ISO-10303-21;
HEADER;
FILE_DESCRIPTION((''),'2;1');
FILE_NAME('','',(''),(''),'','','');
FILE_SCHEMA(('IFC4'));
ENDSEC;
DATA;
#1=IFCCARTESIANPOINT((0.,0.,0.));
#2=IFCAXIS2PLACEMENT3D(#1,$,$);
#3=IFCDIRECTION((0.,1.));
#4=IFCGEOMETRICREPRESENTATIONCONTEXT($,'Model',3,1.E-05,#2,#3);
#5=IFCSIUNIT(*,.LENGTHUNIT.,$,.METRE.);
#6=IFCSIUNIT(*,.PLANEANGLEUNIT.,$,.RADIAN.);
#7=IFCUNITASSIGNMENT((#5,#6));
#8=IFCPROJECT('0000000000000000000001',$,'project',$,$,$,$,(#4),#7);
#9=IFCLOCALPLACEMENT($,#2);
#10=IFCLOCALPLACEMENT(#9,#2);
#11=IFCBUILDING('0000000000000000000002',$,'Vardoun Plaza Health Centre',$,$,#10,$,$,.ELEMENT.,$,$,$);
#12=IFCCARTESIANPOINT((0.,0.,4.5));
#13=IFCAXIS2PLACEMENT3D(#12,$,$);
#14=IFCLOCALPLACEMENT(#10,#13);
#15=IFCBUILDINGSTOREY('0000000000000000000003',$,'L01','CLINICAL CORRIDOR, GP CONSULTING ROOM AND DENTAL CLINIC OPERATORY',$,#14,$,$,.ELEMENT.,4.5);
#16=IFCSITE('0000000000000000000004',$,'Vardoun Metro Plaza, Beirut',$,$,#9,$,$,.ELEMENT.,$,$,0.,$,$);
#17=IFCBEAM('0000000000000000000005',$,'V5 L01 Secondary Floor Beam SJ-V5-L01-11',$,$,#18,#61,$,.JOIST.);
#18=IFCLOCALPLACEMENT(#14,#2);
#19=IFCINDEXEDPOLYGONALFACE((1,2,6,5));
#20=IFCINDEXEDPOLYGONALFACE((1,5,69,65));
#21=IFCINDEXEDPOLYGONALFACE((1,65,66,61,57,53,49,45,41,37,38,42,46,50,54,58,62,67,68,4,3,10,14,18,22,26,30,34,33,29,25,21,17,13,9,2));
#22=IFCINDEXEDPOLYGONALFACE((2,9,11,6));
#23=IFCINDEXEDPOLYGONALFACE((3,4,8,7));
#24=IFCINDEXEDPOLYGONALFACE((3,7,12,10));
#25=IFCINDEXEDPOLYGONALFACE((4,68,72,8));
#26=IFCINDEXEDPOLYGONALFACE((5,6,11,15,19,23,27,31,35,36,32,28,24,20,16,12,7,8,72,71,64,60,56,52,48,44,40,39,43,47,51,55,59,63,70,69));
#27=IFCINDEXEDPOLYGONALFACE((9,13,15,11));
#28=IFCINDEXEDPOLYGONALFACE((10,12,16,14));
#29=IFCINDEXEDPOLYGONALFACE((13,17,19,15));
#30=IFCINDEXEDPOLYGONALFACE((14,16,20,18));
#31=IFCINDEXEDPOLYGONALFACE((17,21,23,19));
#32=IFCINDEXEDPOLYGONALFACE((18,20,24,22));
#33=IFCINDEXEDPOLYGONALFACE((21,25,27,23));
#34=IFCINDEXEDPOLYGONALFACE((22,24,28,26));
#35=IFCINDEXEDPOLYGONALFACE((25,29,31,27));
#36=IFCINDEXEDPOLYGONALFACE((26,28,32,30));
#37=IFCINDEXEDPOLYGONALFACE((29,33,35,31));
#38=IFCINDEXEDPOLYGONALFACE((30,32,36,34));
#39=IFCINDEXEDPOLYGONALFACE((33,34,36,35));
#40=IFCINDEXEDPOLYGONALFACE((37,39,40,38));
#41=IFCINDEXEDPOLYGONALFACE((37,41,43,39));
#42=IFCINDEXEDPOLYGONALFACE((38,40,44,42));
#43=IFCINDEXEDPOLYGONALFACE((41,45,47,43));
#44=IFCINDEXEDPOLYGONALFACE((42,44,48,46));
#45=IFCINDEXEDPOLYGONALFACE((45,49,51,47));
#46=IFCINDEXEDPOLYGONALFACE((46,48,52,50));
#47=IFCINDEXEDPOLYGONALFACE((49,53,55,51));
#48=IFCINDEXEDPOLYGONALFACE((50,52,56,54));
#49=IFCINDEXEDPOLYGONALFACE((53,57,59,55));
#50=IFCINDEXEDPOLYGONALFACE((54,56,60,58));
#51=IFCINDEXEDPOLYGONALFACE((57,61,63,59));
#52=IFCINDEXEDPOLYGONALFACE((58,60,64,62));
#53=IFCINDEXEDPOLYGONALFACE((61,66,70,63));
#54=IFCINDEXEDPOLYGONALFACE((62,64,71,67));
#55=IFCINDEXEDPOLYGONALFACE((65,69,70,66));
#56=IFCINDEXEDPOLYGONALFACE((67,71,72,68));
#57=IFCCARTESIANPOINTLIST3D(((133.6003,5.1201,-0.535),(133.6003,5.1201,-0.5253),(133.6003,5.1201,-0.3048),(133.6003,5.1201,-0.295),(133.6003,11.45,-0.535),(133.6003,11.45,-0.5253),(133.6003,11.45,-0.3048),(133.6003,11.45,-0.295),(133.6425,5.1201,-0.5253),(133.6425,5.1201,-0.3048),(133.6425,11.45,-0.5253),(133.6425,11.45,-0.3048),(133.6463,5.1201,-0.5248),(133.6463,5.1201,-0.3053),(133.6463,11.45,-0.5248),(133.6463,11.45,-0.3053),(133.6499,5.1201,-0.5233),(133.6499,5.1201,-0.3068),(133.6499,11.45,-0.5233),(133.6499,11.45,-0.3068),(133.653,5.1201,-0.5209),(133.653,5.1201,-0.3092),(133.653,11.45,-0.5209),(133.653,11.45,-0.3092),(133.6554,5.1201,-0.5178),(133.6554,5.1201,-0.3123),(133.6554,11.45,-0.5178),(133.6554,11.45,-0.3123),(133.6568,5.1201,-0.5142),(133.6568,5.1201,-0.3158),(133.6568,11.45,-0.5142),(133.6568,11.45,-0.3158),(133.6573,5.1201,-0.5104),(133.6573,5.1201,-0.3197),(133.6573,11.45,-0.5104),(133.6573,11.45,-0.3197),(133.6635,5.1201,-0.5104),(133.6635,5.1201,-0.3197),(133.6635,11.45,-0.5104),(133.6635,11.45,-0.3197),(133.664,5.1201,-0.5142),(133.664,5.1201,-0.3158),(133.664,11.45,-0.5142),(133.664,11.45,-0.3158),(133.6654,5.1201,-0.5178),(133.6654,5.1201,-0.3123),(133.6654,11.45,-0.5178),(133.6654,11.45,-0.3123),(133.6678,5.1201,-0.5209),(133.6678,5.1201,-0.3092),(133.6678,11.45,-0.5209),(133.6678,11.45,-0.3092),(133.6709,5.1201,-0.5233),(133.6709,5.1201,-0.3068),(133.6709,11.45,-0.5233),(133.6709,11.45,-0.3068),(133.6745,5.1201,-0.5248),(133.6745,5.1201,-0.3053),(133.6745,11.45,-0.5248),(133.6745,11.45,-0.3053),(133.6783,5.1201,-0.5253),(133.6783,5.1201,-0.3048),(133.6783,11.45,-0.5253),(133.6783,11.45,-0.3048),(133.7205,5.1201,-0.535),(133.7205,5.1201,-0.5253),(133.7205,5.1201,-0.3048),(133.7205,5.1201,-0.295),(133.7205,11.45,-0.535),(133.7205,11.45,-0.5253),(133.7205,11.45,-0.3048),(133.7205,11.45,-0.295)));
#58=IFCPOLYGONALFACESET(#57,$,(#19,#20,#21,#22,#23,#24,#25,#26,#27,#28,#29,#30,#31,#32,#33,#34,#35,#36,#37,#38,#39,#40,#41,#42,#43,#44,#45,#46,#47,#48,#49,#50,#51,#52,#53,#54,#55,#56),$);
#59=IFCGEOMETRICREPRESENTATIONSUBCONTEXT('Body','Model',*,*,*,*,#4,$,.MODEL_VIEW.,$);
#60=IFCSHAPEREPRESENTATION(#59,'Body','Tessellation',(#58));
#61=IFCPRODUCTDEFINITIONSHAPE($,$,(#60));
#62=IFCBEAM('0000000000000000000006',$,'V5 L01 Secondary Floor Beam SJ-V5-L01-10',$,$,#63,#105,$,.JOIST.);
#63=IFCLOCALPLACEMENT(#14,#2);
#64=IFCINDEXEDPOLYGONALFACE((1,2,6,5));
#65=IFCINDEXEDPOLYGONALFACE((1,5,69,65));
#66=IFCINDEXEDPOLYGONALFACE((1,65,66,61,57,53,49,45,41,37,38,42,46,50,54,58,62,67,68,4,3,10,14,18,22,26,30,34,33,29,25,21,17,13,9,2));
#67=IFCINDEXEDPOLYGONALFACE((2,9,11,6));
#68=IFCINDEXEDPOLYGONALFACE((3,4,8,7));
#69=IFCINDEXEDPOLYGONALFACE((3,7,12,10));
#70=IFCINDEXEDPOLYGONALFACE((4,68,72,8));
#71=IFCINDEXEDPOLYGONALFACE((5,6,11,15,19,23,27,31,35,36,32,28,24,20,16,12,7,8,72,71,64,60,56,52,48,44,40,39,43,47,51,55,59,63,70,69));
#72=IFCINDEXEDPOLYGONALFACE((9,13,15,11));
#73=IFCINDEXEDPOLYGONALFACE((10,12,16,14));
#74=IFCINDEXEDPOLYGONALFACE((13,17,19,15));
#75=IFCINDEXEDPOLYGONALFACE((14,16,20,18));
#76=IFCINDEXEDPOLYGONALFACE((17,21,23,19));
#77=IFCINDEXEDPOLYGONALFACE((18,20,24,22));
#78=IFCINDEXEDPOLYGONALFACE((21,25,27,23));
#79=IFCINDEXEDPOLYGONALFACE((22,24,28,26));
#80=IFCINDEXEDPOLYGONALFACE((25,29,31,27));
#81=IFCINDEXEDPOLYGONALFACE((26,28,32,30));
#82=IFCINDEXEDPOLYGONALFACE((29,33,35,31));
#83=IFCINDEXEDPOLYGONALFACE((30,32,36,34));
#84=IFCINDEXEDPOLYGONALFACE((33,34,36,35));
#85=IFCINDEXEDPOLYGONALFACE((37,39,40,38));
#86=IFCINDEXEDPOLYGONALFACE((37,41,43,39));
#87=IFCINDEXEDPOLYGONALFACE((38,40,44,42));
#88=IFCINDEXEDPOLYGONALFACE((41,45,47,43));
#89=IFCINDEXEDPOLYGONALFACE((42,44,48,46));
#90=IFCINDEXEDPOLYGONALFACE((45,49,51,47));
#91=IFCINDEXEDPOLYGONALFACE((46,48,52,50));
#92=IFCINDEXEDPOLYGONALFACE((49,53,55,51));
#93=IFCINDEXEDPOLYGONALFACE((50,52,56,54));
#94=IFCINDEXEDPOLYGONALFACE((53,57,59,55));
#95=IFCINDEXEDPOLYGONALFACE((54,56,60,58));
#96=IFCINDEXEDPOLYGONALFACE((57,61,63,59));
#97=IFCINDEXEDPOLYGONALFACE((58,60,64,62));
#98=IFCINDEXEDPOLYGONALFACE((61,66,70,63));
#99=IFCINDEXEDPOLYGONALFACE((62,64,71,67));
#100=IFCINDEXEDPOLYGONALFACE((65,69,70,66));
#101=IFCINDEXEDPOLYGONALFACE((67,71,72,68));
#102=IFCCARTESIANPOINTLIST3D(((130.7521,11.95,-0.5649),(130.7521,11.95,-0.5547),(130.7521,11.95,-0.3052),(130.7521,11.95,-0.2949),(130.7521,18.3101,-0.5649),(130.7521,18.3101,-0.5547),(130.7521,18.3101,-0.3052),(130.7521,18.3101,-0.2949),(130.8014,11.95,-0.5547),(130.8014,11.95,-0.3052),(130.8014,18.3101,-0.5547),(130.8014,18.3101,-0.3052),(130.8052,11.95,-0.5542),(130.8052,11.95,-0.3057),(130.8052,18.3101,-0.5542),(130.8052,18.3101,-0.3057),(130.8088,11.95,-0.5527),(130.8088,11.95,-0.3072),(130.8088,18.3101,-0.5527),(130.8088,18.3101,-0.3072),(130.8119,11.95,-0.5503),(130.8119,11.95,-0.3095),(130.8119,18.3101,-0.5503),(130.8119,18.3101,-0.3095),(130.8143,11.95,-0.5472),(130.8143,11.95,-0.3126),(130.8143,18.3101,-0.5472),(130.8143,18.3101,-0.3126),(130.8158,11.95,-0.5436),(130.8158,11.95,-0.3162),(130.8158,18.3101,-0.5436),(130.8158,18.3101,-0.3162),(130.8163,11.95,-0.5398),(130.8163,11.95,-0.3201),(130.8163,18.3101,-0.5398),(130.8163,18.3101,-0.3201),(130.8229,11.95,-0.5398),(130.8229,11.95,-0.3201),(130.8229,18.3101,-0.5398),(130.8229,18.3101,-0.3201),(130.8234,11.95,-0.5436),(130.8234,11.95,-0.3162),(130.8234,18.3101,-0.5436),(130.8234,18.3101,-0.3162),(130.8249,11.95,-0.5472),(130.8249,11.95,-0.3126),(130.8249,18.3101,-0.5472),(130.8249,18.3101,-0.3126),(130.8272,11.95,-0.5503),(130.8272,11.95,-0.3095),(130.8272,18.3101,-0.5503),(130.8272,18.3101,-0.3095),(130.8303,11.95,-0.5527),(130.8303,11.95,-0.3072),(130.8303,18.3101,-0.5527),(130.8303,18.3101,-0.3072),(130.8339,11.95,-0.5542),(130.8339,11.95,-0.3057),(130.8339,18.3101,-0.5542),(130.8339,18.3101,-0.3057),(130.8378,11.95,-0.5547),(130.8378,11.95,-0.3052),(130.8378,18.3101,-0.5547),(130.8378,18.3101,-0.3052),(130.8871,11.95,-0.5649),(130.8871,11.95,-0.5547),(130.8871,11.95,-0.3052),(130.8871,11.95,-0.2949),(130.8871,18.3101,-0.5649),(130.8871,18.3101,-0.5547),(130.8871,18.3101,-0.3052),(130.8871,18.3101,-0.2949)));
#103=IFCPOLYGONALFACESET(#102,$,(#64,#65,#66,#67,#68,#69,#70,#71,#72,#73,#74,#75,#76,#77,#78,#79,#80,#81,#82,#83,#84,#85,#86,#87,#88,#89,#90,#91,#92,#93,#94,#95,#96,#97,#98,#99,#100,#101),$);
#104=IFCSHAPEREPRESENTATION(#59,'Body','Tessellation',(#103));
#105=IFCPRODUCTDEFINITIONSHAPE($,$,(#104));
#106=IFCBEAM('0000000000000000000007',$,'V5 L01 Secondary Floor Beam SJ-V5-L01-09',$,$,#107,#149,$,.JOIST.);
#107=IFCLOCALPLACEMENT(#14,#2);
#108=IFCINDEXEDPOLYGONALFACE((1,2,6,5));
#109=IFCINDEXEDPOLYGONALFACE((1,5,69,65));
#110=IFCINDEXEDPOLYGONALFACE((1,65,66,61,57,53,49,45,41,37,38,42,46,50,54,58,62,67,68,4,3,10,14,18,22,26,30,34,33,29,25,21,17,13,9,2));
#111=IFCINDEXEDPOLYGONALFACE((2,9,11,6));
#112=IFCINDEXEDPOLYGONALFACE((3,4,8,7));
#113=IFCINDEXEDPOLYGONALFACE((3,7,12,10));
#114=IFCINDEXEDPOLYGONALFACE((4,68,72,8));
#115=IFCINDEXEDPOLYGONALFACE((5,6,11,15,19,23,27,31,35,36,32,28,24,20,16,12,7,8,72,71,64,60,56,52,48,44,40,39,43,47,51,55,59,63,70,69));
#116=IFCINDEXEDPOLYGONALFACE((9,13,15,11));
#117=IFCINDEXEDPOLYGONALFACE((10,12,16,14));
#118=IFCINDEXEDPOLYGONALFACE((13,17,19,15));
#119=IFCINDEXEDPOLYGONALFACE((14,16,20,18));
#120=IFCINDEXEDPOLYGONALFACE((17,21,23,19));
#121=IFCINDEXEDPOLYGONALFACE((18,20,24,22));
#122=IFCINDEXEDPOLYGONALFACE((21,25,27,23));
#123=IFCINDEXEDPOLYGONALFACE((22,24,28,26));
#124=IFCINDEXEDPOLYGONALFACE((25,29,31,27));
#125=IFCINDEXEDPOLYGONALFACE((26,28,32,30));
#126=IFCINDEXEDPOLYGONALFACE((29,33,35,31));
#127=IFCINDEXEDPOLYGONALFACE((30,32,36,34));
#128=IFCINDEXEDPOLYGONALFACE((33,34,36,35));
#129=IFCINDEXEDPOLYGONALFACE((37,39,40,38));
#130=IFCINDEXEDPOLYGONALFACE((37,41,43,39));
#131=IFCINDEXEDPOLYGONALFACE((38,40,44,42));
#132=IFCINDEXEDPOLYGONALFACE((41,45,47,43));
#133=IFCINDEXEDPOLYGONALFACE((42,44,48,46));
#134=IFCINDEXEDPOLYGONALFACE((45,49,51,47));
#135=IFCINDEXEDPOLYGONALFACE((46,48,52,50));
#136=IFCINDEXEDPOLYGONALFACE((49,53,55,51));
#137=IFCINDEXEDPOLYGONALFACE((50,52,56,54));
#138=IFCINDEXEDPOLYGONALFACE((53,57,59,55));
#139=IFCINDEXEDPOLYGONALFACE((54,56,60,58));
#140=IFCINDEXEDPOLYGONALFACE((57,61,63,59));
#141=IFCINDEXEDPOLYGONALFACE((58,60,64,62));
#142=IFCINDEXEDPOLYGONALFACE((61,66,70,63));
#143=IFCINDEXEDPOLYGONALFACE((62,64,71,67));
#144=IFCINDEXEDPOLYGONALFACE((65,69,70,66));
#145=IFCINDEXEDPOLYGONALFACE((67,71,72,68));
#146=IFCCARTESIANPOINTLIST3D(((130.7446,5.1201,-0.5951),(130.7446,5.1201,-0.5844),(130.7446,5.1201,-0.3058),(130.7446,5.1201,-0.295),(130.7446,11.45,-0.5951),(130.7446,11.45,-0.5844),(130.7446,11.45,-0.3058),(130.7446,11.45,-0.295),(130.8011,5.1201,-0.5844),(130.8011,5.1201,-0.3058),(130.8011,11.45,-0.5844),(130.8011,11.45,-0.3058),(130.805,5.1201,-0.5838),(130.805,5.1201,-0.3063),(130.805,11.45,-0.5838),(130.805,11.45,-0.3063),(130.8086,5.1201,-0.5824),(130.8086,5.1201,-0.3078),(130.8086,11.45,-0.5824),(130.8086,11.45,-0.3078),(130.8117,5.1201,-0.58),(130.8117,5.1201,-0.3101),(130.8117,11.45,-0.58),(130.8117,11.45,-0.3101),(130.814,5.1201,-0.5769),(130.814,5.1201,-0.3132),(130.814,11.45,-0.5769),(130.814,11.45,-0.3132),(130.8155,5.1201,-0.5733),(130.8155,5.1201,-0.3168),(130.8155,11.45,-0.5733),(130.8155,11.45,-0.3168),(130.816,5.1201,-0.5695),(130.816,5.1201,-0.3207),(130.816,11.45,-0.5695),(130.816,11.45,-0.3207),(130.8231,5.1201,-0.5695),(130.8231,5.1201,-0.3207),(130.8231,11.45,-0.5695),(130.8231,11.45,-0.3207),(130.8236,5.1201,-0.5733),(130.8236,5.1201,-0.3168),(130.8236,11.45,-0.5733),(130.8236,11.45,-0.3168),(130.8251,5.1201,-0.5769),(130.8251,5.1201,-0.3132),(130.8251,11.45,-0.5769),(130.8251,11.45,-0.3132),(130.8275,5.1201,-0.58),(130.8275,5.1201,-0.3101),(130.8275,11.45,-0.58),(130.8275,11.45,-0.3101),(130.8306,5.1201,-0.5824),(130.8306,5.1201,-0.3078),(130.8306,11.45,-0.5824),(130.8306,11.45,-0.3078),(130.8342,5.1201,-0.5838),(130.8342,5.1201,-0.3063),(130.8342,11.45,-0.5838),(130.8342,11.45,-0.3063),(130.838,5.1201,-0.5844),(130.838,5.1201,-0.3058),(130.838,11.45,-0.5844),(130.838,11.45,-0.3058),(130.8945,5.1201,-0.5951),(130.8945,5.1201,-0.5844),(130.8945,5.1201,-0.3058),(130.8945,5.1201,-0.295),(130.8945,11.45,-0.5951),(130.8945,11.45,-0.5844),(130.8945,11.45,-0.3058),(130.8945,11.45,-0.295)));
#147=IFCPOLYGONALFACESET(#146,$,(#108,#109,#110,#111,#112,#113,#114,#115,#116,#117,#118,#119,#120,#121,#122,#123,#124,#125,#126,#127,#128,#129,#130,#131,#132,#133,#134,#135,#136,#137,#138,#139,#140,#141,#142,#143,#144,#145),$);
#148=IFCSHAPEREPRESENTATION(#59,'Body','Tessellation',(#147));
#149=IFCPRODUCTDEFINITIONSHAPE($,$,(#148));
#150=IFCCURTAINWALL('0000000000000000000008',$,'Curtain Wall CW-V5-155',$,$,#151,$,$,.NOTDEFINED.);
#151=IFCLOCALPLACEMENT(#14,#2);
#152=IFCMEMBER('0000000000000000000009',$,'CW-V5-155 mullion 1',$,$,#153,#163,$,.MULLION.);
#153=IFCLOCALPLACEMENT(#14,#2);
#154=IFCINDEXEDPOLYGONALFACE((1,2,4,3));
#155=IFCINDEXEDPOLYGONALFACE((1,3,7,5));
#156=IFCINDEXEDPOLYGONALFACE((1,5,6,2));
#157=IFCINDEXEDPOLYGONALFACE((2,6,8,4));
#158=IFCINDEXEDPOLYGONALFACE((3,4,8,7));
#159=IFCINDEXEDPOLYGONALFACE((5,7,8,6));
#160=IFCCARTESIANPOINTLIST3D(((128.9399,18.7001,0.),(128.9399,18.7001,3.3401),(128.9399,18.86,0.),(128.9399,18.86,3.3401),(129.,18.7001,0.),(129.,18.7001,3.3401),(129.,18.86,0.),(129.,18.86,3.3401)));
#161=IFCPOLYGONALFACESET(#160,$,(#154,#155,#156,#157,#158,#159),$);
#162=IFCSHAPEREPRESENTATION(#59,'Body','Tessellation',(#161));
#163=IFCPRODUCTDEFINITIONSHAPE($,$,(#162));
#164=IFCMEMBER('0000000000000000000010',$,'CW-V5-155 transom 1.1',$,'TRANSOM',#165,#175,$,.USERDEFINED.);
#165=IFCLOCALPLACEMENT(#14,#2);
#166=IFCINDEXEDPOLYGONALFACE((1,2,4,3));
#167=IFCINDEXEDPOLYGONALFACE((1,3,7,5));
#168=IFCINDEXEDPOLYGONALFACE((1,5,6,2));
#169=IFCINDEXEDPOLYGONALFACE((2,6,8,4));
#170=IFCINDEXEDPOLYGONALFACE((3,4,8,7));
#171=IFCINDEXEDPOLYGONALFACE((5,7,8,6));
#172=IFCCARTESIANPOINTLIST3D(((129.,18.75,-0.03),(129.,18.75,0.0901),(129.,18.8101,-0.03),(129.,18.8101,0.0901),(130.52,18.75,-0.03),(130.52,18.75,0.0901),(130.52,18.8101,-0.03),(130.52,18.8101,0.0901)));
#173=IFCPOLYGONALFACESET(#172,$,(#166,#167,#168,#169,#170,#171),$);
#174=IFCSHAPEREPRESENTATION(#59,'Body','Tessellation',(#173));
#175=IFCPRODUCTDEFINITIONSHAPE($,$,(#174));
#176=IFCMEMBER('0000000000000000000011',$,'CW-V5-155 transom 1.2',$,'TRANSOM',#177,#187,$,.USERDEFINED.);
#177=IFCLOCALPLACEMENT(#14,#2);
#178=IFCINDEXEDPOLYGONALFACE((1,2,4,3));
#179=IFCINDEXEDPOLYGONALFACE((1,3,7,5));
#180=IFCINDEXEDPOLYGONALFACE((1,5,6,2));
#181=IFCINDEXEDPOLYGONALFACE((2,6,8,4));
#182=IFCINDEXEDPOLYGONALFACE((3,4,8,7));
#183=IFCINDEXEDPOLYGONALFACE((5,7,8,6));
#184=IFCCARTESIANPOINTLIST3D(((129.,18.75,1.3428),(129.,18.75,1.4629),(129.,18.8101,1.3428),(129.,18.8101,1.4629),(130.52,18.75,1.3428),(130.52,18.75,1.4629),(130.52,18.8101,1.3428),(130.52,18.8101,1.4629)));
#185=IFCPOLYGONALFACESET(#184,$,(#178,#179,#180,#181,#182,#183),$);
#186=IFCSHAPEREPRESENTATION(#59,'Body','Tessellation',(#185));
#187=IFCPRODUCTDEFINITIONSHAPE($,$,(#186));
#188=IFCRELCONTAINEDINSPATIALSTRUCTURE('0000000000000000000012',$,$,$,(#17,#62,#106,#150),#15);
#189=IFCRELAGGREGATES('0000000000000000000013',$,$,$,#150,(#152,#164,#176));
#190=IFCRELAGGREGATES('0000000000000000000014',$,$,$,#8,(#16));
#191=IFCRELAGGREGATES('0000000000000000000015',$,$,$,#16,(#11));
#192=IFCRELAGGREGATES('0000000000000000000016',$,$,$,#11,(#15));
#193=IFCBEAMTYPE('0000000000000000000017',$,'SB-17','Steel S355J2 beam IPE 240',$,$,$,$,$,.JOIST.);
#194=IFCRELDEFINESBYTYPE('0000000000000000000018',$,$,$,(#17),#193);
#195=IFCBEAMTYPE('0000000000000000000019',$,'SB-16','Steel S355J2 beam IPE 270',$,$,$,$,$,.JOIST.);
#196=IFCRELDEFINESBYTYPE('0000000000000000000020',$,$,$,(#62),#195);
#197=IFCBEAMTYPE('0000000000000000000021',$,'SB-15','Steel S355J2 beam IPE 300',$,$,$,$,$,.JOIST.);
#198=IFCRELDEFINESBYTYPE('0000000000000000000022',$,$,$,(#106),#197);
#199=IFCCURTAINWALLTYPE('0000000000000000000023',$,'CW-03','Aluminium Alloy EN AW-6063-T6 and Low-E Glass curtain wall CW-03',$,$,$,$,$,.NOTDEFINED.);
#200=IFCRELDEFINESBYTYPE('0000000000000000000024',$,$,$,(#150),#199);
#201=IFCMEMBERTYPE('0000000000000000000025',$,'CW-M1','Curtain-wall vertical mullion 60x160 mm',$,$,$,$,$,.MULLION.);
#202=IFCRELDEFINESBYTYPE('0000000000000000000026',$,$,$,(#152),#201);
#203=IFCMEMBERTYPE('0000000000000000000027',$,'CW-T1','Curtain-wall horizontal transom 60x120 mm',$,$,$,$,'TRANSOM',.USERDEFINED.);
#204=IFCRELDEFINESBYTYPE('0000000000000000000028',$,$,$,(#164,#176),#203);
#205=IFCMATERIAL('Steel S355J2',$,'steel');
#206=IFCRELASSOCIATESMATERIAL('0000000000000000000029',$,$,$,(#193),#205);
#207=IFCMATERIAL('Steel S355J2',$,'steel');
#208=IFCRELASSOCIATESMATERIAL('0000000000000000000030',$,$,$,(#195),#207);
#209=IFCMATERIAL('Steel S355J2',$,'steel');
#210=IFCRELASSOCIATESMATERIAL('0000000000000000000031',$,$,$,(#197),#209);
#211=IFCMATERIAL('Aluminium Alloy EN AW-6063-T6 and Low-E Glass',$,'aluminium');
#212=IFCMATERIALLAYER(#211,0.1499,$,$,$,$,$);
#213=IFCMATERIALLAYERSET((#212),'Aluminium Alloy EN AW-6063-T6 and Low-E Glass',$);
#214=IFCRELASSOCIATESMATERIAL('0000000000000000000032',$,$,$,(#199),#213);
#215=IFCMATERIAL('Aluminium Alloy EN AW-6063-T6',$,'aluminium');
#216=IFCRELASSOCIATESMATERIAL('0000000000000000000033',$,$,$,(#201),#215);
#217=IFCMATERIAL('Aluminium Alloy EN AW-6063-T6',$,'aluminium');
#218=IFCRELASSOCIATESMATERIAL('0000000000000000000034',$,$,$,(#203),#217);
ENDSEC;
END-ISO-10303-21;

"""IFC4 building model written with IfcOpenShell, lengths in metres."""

from ifc_helpers import new_model, si_unit, direction, frame, origin, origin_2d, place, context, subcontext, project, spatial, rectangle, i_section, extrude, material, layer, layer_set, material_profile, profile_set, type_object, element, aggregate, save


model = new_model("IFC4")

# Units and contexts
model_context = context("Model", 3, precision=1e-05, world=origin(), true_north=direction((0.0, 1.0)))
body_context = subcontext(model_context, "Body", "Model", "MODEL_VIEW")
ifc_project = project(units=[si_unit("LENGTHUNIT", "METRE"), si_unit("PLANEANGLEUNIT", "RADIAN")], contexts=[model_context])

# Site, building, storey
site_placement = place(None, origin())
site = spatial("IfcSite", under=ifc_project, at=site_placement, Name="Vardoun Metro Plaza, Beirut", CompositionType="ELEMENT", RefElevation=0.0)
building_placement = place(site_placement, origin())
building = spatial("IfcBuilding", under=site, at=building_placement, Name="Vardoun Plaza Health Centre", CompositionType="ELEMENT")
storey_placement = place(building_placement, frame((0.0, 0.0, 4.5)))
storey = spatial("IfcBuildingStorey", under=building, at=storey_placement, Name="L01", Description="CLINICAL CORRIDOR, GP CONSULTING ROOM AND DENTAL CLINIC OPERATORY", CompositionType="ELEMENT", Elevation=4.5)

# Beams
ifc_material_1 = material(Name="Steel S355J2", Category="steel")
ifc_material_profile_1 = material_profile(ifc_material_1, i_section(OverallWidth=0.1201, OverallDepth=0.24, WebThickness=0.0061, FlangeThickness=0.0098, FilletRadius=0.0149, at=origin_2d()), Name="IPE 240")
ifc_profile_set_1 = profile_set([ifc_material_profile_1], Name="Steel S355J2")
beam_type_1 = type_object("IfcBeamType", Name="SB-17", Description="Steel S355J2 beam IPE 240", PredefinedType="JOIST", material=ifc_profile_set_1)
beam_1_placement = place(storey_placement, frame((133.6604, 5.1201, -0.415), z_axis=(0.0, 1.0, 0.0), x_axis=(-1.0, 0.0, 0.0)))
element("IfcBeam", 1, at=beam_1_placement, inside=storey, type_object=beam_type_1, Name="V5 L01 Secondary Floor Beam SJ-V5-L01-11", PredefinedType="JOIST", context=body_context, shape_type="SweptSolid", body=[
    extrude(i_section(OverallWidth=0.1201, OverallDepth=0.24, WebThickness=0.0061, FlangeThickness=0.0098, FilletRadius=0.0149, at=origin_2d()), origin(), (0.0, 0.0, 1.0), 6.3298),
])
ifc_material_2 = material(Name="Steel S355J2", Category="steel")
ifc_material_profile_2 = material_profile(ifc_material_2, i_section(OverallWidth=0.135, OverallDepth=0.27, WebThickness=0.0066, FlangeThickness=0.0103, FilletRadius=0.0149, at=origin_2d()), Name="IPE 270")
ifc_profile_set_2 = profile_set([ifc_material_profile_2], Name="Steel S355J2")
beam_type_2 = type_object("IfcBeamType", Name="SB-16", Description="Steel S355J2 beam IPE 270", PredefinedType="JOIST", material=ifc_profile_set_2)
beam_2_placement = place(storey_placement, frame((130.8196, 11.95, -0.4299), z_axis=(0.0, 1.0, 0.0), x_axis=(-1.0, 0.0, 0.0)))
element("IfcBeam", 2, at=beam_2_placement, inside=storey, type_object=beam_type_2, Name="V5 L01 Secondary Floor Beam SJ-V5-L01-10", PredefinedType="JOIST", context=body_context, shape_type="SweptSolid", body=[
    extrude(i_section(OverallWidth=0.135, OverallDepth=0.27, WebThickness=0.0066, FlangeThickness=0.0103, FilletRadius=0.0149, at=origin_2d()), origin(), (0.0, 0.0, 1.0), 6.3601),
])
ifc_material_3 = material(Name="Steel S355J2", Category="steel")
ifc_material_profile_3 = material_profile(ifc_material_3, i_section(OverallWidth=0.1499, OverallDepth=0.3, WebThickness=0.0071, FlangeThickness=0.0107, FilletRadius=0.0149, at=origin_2d()), Name="IPE 300")
ifc_profile_set_3 = profile_set([ifc_material_profile_3], Name="Steel S355J2")
beam_type_3 = type_object("IfcBeamType", Name="SB-15", Description="Steel S355J2 beam IPE 300", PredefinedType="JOIST", material=ifc_profile_set_3)
beam_3_placement = place(storey_placement, frame((130.8196, 5.1201, -0.4451), z_axis=(0.0, 1.0, 0.0), x_axis=(-1.0, 0.0, 0.0)))
element("IfcBeam", 3, at=beam_3_placement, inside=storey, type_object=beam_type_3, Name="V5 L01 Secondary Floor Beam SJ-V5-L01-09", PredefinedType="JOIST", context=body_context, shape_type="SweptSolid", body=[
    extrude(i_section(OverallWidth=0.1499, OverallDepth=0.3, WebThickness=0.0071, FlangeThickness=0.0107, FilletRadius=0.0149, at=origin_2d()), origin(), (0.0, 0.0, 1.0), 6.3298),
])

# Curtain wall, members
ifc_material_4 = material(Name="Aluminium Alloy EN AW-6063-T6 and Low-E Glass", Category="aluminium")
ifc_layer_1 = layer(ifc_material_4, 0.1499)
ifc_layer_set_1 = layer_set([ifc_layer_1], Name="Aluminium Alloy EN AW-6063-T6 and Low-E Glass")
curtain_wall_type = type_object("IfcCurtainWallType", Name="CW-03", Description="Aluminium Alloy EN AW-6063-T6 and Low-E Glass curtain wall CW-03", PredefinedType="NOTDEFINED", material=ifc_layer_set_1)
curtain_wall_placement = place(storey_placement, origin())
curtain_wall = element("IfcCurtainWall", 4, at=curtain_wall_placement, inside=storey, type_object=curtain_wall_type, Name="Curtain Wall CW-V5-155", PredefinedType="NOTDEFINED")
ifc_material_5 = material(Name="Aluminium Alloy EN AW-6063-T6", Category="aluminium")
ifc_material_profile_4 = material_profile(ifc_material_5, rectangle(XDim=0.1599, YDim=0.0601, at=origin_2d()), Name="CWM 60x160")
ifc_profile_set_4 = profile_set([ifc_material_profile_4], Name="Aluminium Alloy EN AW-6063-T6")
member_type_1 = type_object("IfcMemberType", Name="CW-M1", Description="Curtain-wall vertical mullion 60x160 mm", PredefinedType="MULLION", material=ifc_profile_set_4)
member_1_placement = place(storey_placement, frame((128.97, 18.78, 0.0), z_axis=(0.0, 0.0, 1.0), x_axis=(0.0, 1.0, 0.0)))
member_1 = element("IfcMember", 5, at=member_1_placement, type_object=member_type_1, Name="CW-V5-155 mullion 1", PredefinedType="MULLION", context=body_context, shape_type="SweptSolid", body=[
    extrude(rectangle(XDim=0.1599, YDim=0.0601, at=origin_2d()), origin(), (0.0, 0.0, 1.0), 3.3401),
])
ifc_material_6 = material(Name="Aluminium Alloy EN AW-6063-T6", Category="aluminium")
ifc_material_profile_5 = material_profile(ifc_material_6, rectangle(XDim=0.0601, YDim=0.1201, at=origin_2d()), Name="CWT 60x120")
ifc_profile_set_5 = profile_set([ifc_material_profile_5], Name="Aluminium Alloy EN AW-6063-T6")
member_type_2 = type_object("IfcMemberType", Name="CW-T1", Description="Curtain-wall horizontal transom 60x120 mm", ElementType="TRANSOM", PredefinedType="USERDEFINED", material=ifc_profile_set_5)
member_2_placement = place(storey_placement, frame((129.0, 18.78, 0.03), z_axis=(1.0, 0.0, 0.0), x_axis=(0.0, 1.0, 0.0)))
member_2 = element("IfcMember", 6, at=member_2_placement, type_object=member_type_2, Name="CW-V5-155 transom 1.1", ObjectType="TRANSOM", PredefinedType="USERDEFINED", context=body_context, shape_type="SweptSolid", body=[
    extrude(rectangle(XDim=0.0601, YDim=0.1201, at=origin_2d()), origin(), (0.0, 0.0, 1.0), 1.52),
])
member_3_placement = place(storey_placement, frame((129.0, 18.78, 1.4028), z_axis=(1.0, 0.0, 0.0), x_axis=(0.0, 1.0, 0.0)))
member_3 = element("IfcMember", 7, at=member_3_placement, type_object=member_type_2, Name="CW-V5-155 transom 1.2", ObjectType="TRANSOM", PredefinedType="USERDEFINED", context=body_context, shape_type="SweptSolid", body=[
    extrude(rectangle(XDim=0.0601, YDim=0.1201, at=origin_2d()), origin(), (0.0, 0.0, 1.0), 1.52),
])
aggregate(curtain_wall, [member_1, member_2, member_3])

save(model, "model.ifc")
